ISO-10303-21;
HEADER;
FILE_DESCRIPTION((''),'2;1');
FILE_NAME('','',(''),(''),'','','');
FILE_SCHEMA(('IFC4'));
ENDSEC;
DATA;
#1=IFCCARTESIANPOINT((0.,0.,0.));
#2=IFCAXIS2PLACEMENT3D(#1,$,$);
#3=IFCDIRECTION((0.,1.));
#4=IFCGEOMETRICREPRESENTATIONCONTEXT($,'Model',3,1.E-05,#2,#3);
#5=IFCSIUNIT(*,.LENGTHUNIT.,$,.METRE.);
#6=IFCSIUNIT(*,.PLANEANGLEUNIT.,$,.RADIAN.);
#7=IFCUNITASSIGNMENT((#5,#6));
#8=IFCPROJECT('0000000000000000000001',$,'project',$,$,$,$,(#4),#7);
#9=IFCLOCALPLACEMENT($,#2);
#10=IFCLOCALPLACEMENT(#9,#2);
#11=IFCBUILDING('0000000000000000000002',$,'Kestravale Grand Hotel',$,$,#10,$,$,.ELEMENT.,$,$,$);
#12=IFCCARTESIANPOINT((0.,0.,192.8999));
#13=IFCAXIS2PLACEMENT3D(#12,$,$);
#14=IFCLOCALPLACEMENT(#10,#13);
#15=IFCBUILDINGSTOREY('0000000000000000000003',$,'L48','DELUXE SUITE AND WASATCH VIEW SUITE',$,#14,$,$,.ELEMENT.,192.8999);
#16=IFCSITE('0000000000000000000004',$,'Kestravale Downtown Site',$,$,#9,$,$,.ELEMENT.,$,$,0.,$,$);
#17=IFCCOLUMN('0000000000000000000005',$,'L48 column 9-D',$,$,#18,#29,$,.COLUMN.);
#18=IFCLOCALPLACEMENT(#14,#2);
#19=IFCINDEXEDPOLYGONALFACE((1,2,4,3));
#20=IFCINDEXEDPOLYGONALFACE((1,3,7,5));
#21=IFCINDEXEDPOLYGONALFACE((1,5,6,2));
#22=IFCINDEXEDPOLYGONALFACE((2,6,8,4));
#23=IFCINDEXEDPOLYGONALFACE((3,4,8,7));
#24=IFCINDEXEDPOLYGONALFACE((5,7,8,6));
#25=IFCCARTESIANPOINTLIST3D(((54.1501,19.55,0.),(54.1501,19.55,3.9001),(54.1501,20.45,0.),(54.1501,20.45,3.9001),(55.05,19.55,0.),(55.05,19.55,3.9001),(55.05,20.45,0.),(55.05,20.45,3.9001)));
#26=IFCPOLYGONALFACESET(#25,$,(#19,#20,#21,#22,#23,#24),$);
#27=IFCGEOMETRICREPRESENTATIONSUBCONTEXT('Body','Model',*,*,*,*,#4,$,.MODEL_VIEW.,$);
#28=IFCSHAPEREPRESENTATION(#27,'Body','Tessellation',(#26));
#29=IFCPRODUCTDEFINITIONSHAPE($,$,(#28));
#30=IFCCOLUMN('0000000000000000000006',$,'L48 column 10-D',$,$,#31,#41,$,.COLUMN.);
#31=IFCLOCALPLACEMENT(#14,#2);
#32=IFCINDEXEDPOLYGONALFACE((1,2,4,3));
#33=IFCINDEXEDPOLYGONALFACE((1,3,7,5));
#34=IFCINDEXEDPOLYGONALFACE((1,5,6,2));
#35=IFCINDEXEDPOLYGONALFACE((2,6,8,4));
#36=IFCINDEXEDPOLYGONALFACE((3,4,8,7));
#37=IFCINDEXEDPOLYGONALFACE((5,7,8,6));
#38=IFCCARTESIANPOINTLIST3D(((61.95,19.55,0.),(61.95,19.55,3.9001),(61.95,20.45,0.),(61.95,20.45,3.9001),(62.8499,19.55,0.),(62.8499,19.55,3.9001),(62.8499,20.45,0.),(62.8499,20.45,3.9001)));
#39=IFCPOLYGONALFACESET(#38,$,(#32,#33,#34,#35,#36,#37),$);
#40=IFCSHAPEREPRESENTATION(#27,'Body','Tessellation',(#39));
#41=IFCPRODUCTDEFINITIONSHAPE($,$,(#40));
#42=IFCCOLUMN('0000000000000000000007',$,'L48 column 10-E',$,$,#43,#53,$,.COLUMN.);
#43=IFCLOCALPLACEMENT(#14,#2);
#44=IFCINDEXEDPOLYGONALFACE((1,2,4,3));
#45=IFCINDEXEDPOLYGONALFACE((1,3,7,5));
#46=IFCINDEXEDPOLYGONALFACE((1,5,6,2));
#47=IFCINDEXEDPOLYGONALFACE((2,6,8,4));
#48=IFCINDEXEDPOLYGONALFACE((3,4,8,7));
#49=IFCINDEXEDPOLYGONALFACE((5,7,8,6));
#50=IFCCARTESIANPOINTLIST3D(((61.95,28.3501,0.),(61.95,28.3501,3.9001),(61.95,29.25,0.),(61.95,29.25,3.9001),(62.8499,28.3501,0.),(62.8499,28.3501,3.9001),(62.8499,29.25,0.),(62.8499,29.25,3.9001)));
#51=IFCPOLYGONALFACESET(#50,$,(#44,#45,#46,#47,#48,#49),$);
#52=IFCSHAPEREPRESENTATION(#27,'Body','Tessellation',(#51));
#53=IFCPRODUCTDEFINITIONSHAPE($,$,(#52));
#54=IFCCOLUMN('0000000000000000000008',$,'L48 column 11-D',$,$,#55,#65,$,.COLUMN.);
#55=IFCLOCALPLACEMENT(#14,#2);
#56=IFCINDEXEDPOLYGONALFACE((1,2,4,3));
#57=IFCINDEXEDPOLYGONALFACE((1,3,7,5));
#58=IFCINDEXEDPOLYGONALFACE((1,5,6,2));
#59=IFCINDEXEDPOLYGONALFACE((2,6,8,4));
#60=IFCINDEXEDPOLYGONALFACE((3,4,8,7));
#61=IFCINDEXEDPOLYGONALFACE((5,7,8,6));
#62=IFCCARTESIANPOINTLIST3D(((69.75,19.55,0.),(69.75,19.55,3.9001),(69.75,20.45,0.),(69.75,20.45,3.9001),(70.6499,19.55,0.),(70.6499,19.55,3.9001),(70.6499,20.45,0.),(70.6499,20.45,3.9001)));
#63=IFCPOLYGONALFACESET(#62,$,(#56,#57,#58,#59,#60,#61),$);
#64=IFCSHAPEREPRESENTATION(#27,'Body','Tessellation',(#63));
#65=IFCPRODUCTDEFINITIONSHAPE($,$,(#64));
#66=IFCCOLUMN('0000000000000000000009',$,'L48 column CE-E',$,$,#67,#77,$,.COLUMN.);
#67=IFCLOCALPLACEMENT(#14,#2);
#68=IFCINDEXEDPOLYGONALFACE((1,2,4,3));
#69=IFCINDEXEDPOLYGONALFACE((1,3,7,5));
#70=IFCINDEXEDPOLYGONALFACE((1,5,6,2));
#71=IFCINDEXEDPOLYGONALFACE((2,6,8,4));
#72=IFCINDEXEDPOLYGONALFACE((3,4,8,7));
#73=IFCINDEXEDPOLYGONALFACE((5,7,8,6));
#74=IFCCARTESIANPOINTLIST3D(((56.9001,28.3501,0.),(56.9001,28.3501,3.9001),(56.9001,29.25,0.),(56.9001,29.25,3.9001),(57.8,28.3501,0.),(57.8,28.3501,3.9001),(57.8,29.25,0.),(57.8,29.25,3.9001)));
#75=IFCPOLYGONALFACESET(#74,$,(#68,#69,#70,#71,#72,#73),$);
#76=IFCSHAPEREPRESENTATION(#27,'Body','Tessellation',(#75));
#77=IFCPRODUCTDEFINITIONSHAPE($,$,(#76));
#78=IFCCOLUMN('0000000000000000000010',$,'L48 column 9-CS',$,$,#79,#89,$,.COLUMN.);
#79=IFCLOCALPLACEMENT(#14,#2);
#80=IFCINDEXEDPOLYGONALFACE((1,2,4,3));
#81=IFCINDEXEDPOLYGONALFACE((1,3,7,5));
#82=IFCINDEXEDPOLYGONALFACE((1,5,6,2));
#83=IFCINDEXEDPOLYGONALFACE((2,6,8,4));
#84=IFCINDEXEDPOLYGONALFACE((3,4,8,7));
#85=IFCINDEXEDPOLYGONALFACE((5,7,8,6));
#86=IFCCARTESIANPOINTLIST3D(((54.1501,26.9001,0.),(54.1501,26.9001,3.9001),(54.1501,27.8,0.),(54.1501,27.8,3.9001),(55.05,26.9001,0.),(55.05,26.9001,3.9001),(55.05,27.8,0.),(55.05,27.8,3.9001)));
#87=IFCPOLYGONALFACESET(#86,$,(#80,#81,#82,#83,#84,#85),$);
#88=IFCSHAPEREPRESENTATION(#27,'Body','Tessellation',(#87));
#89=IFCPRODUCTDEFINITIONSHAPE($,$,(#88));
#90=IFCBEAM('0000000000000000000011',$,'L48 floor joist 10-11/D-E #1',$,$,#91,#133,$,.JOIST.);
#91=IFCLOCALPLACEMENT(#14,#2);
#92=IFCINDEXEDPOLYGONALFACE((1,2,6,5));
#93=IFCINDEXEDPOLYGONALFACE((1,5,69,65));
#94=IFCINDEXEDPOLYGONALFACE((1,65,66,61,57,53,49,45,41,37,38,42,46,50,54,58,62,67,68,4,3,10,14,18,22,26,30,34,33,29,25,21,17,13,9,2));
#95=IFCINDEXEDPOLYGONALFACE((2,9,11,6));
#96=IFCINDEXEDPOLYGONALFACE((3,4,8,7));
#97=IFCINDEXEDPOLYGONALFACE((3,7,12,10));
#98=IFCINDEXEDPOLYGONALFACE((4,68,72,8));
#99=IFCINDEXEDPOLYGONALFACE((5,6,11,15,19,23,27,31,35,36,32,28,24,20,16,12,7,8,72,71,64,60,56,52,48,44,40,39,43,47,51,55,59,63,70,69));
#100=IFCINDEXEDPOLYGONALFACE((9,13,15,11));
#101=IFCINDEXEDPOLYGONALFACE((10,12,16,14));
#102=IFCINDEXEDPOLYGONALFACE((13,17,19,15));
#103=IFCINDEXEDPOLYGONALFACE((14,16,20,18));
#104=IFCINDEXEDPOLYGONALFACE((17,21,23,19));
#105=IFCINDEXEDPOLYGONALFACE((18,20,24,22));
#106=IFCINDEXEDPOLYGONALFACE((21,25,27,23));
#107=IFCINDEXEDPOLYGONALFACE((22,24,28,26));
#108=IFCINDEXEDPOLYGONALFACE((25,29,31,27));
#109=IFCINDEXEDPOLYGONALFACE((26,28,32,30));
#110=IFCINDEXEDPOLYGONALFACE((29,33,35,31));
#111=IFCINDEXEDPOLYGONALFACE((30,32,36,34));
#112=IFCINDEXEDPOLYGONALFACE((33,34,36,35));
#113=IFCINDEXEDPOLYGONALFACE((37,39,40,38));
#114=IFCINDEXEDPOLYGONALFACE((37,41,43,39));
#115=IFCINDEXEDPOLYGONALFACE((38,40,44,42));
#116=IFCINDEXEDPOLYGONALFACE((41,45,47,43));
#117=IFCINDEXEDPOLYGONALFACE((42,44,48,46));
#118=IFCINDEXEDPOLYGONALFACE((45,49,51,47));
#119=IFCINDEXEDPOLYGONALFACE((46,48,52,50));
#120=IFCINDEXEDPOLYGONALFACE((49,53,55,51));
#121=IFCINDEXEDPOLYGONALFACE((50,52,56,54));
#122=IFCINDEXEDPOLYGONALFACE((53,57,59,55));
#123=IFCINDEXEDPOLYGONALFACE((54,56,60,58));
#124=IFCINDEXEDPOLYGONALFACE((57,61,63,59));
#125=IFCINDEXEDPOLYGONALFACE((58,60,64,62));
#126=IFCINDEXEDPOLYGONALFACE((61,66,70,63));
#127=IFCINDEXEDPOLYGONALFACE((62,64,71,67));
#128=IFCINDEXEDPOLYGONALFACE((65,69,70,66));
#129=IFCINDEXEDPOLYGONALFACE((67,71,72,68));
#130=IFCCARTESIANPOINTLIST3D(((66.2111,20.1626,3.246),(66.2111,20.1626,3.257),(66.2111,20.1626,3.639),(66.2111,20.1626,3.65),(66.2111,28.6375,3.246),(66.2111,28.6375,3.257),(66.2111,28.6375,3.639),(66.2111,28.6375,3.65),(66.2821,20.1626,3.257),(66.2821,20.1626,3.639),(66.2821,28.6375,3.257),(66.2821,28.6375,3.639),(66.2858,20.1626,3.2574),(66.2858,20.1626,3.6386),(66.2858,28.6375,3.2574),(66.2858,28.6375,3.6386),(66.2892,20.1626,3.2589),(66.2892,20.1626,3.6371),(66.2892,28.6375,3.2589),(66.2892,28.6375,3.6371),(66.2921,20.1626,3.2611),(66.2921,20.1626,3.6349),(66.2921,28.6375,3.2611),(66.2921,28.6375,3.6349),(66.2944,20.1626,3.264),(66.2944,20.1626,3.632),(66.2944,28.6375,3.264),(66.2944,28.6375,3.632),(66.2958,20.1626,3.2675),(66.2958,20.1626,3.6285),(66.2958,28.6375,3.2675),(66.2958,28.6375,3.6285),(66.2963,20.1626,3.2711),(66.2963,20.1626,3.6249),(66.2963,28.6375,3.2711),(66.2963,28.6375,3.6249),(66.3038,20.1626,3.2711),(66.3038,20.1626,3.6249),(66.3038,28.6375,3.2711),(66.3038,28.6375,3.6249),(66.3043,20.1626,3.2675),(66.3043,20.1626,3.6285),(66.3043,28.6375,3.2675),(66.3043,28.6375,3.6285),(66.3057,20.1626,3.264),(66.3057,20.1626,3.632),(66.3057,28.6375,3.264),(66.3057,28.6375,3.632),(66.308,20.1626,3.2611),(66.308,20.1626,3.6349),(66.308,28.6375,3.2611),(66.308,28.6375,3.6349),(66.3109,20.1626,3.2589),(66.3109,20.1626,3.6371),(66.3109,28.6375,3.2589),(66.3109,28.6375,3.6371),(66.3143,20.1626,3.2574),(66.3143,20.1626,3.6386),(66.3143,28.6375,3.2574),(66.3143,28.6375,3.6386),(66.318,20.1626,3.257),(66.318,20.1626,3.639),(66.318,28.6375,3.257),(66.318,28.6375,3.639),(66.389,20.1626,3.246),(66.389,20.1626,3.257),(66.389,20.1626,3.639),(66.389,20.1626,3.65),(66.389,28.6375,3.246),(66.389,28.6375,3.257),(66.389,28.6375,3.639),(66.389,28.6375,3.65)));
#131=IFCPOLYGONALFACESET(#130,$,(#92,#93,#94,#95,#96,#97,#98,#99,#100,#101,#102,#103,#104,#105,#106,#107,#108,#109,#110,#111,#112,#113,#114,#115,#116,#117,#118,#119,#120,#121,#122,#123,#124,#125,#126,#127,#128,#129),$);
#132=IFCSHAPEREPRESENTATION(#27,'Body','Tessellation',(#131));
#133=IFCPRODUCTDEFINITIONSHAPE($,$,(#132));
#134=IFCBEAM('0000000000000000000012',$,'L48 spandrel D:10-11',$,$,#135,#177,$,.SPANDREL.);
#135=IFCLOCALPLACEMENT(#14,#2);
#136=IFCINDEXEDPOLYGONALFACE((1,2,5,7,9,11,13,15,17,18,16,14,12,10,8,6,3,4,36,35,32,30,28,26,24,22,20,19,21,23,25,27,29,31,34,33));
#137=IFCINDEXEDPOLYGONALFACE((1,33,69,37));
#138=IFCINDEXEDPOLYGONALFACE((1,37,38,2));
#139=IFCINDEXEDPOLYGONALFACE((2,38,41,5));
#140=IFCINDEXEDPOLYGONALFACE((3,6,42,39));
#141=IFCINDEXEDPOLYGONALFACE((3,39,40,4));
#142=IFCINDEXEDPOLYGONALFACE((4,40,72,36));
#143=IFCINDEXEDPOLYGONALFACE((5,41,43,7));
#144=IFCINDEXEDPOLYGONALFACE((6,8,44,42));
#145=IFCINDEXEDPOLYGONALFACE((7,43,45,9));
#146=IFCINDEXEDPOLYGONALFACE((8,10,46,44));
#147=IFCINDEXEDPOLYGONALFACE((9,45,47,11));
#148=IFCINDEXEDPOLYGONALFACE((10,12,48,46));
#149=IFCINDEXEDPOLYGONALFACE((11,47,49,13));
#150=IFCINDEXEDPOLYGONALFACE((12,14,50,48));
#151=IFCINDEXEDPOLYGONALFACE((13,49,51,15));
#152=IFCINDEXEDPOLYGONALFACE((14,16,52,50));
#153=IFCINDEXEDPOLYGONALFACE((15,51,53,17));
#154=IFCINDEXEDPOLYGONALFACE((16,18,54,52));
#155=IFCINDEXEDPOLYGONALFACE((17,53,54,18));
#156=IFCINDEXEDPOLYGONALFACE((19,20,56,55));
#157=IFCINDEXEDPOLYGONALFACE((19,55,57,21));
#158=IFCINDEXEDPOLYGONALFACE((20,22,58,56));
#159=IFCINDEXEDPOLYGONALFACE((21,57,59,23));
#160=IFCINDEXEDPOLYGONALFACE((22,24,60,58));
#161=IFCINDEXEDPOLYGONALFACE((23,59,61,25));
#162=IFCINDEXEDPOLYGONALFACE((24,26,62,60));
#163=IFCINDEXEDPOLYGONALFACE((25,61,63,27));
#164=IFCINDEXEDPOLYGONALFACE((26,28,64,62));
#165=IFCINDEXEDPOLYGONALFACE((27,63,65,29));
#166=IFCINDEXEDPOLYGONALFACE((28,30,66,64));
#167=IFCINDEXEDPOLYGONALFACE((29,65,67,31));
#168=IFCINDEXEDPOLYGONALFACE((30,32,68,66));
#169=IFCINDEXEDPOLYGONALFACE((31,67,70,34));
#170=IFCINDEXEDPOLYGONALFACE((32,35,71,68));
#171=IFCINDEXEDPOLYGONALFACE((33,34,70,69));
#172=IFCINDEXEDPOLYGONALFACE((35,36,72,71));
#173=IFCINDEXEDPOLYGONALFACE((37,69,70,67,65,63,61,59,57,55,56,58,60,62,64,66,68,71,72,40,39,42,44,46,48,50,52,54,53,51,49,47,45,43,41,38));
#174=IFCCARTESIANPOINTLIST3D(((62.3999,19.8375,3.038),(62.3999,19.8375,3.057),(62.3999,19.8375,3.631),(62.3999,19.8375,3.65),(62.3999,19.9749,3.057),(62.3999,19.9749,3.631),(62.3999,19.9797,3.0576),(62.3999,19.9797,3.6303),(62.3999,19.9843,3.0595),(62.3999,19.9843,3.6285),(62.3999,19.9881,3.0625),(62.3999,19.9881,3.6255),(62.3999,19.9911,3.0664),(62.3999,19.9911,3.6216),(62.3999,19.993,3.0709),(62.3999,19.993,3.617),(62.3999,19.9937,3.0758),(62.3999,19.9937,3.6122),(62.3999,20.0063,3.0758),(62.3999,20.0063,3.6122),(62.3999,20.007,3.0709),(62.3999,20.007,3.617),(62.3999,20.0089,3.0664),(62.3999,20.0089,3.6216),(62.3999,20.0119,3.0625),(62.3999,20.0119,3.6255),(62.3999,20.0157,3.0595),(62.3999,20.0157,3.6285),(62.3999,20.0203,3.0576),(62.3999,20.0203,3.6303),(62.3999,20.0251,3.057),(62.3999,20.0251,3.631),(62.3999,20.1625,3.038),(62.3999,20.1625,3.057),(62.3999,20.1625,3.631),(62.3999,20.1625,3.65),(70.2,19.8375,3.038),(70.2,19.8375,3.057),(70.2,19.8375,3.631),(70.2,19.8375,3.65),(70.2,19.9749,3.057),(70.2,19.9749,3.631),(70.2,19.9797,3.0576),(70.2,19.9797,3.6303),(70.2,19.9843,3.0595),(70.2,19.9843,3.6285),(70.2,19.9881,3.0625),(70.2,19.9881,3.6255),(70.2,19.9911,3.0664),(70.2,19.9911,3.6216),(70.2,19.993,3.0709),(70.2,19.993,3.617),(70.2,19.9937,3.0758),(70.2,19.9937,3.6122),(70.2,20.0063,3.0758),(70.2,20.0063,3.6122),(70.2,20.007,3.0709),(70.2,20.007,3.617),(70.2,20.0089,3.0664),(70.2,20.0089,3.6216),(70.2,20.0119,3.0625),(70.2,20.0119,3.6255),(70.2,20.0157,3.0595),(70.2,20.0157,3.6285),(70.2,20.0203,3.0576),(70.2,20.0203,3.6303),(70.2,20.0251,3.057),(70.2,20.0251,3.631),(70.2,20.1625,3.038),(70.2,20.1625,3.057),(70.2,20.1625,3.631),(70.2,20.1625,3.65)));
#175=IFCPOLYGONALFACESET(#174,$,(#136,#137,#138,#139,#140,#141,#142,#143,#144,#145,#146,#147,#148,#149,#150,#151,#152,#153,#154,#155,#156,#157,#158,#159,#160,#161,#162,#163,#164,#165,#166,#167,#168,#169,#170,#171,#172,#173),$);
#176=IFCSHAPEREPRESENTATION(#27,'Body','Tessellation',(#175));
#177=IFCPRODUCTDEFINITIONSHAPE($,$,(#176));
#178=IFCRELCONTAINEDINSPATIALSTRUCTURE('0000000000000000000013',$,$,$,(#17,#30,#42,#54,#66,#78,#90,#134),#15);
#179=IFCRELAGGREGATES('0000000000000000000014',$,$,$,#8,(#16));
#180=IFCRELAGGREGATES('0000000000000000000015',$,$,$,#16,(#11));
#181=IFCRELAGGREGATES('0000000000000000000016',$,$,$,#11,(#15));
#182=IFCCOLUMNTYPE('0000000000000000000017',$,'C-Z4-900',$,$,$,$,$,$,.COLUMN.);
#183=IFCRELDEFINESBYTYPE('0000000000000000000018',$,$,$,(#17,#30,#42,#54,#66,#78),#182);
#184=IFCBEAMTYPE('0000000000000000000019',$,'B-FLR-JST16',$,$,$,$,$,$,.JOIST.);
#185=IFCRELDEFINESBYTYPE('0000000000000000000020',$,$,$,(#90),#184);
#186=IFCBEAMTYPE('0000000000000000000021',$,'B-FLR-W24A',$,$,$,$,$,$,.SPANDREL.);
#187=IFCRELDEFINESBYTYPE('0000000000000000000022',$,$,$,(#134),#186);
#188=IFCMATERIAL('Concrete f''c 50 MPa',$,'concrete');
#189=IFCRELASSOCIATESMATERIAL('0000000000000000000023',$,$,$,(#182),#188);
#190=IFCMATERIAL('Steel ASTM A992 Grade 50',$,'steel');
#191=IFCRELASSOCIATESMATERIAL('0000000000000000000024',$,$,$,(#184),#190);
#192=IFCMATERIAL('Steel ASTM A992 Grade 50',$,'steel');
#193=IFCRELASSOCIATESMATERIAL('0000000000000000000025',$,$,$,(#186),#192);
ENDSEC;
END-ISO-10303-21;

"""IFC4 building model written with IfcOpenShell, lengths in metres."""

from ifc_helpers import new_model, si_unit, direction, frame, origin, origin_2d, place, context, subcontext, project, spatial, rectangle, i_section, extrude, material, material_profile, profile_set, type_object, element, save


model = new_model("IFC4")

# Units and contexts
model_context = context("Model", 3, precision=1e-05, world=origin(), true_north=direction((0.0, 1.0)))
body_context = subcontext(model_context, "Body", "Model", "MODEL_VIEW")
ifc_project = project(units=[si_unit("LENGTHUNIT", "METRE"), si_unit("PLANEANGLEUNIT", "RADIAN")], contexts=[model_context])

# Site, building, storey
site_placement = place(None, origin())
site = spatial("IfcSite", under=ifc_project, at=site_placement, Name="Kestravale Downtown Site", CompositionType="ELEMENT", RefElevation=0.0)
building_placement = place(site_placement, origin())
building = spatial("IfcBuilding", under=site, at=building_placement, Name="Kestravale Grand Hotel", CompositionType="ELEMENT")
storey_placement = place(building_placement, frame((0.0, 0.0, 192.8999)))
storey = spatial("IfcBuildingStorey", under=building, at=storey_placement, Name="L48", Description="DELUXE SUITE AND WASATCH VIEW SUITE", CompositionType="ELEMENT", Elevation=192.8999)

# Columns
ifc_material_1 = material(Name="Concrete f'c 50 MPa", Category="concrete")
ifc_material_profile_1 = material_profile(ifc_material_1, rectangle(XDim=0.8999, YDim=0.8999, at=origin_2d()))
ifc_profile_set_1 = profile_set([ifc_material_profile_1], Name="Concrete f'c 50 MPa")
column_type = type_object("IfcColumnType", Name="C-Z4-900", PredefinedType="COLUMN", material=ifc_profile_set_1)
for number, where, z_axis, x_axis, name in (
    (1, (54.6001, 20.0, 0.0), (0.0, 0.0, 1.0), (1.0, 0.0, 0.0), "L48 column 9-D"),
    (2, (62.3999, 20.0, 0.0), (0.0, 0.0, 1.0), (1.0, 0.0, 0.0), "L48 column 10-D"),
    (3, (62.3999, 28.8, 0.0), (0.0, 0.0, 1.0), (1.0, 0.0, 0.0), "L48 column 10-E"),
    (4, (70.2, 20.0, 0.0), (0.0, 0.0, 1.0), (1.0, 0.0, 0.0), "L48 column 11-D"),
    (5, (57.3501, 28.8, 0.0), (0.0, 0.0, 1.0), (1.0, 0.0, 0.0), "L48 column CE-E"),
    (6, (54.6001, 27.3501, 0.0), (0.0, 0.0, 1.0), (1.0, 0.0, 0.0), "L48 column 9-CS"),
):
    element("IfcColumn", number, at=place(storey_placement, frame(where, z_axis=z_axis, x_axis=x_axis)), inside=storey, type_object=column_type, Name=name, PredefinedType="COLUMN", context=body_context, shape_type="SweptSolid", body=[
        extrude(rectangle(XDim=0.8999, YDim=0.8999, at=origin_2d()), origin(), (0.0, 0.0, 1.0), 3.9001),
    ])

# Beams
ifc_material_2 = material(Name="Steel ASTM A992 Grade 50", Category="steel")
ifc_material_profile_2 = material_profile(ifc_material_2, i_section(OverallWidth=0.178, OverallDepth=0.4041, WebThickness=0.0076, FlangeThickness=0.011, FilletRadius=0.0142, at=origin_2d()))
ifc_profile_set_2 = profile_set([ifc_material_profile_2], Name="Steel ASTM A992 Grade 50")
beam_type_1 = type_object("IfcBeamType", Name="B-FLR-JST16", PredefinedType="JOIST", material=ifc_profile_set_2)
beam_1_placement = place(storey_placement, frame((66.3, 20.1626, 3.448), z_axis=(0.0, 1.0, 0.0), x_axis=(-1.0, 0.0, 0.0)))
element("IfcBeam", 7, at=beam_1_placement, inside=storey, type_object=beam_type_1, Name="L48 floor joist 10-11/D-E #1", PredefinedType="JOIST", context=body_context, shape_type="SweptSolid", body=[
    extrude(i_section(OverallWidth=0.178, OverallDepth=0.4041, WebThickness=0.0076, FlangeThickness=0.011, FilletRadius=0.0142, at=origin_2d()), origin(), (0.0, 0.0, 1.0), 8.4749),
])
ifc_material_3 = material(Name="Steel ASTM A992 Grade 50", Category="steel")
ifc_material_profile_3 = material_profile(ifc_material_3, i_section(OverallWidth=0.325, OverallDepth=0.6121, WebThickness=0.0127, FlangeThickness=0.019, FilletRadius=0.0188, at=origin_2d()))
ifc_profile_set_3 = profile_set([ifc_material_profile_3], Name="Steel ASTM A992 Grade 50")
beam_type_2 = type_object("IfcBeamType", Name="B-FLR-W24A", PredefinedType="SPANDREL", material=ifc_profile_set_3)
for number, where, z_axis, x_axis, name in (
    (8, (62.3999, 20.0, 3.344), (1.0, 0.0, 0.0), (0.0, 1.0, 0.0), "L48 spandrel D:10-11"),
):
    element("IfcBeam", number, at=place(storey_placement, frame(where, z_axis=z_axis, x_axis=x_axis)), inside=storey, type_object=beam_type_2, Name=name, PredefinedType="SPANDREL", context=body_context, shape_type="SweptSolid", body=[
        extrude(i_section(OverallWidth=0.325, OverallDepth=0.6121, WebThickness=0.0127, FlangeThickness=0.019, FilletRadius=0.0188, at=origin_2d()), origin(), (0.0, 0.0, 1.0), 7.8),
    ])

save(model, "model.ifc")
